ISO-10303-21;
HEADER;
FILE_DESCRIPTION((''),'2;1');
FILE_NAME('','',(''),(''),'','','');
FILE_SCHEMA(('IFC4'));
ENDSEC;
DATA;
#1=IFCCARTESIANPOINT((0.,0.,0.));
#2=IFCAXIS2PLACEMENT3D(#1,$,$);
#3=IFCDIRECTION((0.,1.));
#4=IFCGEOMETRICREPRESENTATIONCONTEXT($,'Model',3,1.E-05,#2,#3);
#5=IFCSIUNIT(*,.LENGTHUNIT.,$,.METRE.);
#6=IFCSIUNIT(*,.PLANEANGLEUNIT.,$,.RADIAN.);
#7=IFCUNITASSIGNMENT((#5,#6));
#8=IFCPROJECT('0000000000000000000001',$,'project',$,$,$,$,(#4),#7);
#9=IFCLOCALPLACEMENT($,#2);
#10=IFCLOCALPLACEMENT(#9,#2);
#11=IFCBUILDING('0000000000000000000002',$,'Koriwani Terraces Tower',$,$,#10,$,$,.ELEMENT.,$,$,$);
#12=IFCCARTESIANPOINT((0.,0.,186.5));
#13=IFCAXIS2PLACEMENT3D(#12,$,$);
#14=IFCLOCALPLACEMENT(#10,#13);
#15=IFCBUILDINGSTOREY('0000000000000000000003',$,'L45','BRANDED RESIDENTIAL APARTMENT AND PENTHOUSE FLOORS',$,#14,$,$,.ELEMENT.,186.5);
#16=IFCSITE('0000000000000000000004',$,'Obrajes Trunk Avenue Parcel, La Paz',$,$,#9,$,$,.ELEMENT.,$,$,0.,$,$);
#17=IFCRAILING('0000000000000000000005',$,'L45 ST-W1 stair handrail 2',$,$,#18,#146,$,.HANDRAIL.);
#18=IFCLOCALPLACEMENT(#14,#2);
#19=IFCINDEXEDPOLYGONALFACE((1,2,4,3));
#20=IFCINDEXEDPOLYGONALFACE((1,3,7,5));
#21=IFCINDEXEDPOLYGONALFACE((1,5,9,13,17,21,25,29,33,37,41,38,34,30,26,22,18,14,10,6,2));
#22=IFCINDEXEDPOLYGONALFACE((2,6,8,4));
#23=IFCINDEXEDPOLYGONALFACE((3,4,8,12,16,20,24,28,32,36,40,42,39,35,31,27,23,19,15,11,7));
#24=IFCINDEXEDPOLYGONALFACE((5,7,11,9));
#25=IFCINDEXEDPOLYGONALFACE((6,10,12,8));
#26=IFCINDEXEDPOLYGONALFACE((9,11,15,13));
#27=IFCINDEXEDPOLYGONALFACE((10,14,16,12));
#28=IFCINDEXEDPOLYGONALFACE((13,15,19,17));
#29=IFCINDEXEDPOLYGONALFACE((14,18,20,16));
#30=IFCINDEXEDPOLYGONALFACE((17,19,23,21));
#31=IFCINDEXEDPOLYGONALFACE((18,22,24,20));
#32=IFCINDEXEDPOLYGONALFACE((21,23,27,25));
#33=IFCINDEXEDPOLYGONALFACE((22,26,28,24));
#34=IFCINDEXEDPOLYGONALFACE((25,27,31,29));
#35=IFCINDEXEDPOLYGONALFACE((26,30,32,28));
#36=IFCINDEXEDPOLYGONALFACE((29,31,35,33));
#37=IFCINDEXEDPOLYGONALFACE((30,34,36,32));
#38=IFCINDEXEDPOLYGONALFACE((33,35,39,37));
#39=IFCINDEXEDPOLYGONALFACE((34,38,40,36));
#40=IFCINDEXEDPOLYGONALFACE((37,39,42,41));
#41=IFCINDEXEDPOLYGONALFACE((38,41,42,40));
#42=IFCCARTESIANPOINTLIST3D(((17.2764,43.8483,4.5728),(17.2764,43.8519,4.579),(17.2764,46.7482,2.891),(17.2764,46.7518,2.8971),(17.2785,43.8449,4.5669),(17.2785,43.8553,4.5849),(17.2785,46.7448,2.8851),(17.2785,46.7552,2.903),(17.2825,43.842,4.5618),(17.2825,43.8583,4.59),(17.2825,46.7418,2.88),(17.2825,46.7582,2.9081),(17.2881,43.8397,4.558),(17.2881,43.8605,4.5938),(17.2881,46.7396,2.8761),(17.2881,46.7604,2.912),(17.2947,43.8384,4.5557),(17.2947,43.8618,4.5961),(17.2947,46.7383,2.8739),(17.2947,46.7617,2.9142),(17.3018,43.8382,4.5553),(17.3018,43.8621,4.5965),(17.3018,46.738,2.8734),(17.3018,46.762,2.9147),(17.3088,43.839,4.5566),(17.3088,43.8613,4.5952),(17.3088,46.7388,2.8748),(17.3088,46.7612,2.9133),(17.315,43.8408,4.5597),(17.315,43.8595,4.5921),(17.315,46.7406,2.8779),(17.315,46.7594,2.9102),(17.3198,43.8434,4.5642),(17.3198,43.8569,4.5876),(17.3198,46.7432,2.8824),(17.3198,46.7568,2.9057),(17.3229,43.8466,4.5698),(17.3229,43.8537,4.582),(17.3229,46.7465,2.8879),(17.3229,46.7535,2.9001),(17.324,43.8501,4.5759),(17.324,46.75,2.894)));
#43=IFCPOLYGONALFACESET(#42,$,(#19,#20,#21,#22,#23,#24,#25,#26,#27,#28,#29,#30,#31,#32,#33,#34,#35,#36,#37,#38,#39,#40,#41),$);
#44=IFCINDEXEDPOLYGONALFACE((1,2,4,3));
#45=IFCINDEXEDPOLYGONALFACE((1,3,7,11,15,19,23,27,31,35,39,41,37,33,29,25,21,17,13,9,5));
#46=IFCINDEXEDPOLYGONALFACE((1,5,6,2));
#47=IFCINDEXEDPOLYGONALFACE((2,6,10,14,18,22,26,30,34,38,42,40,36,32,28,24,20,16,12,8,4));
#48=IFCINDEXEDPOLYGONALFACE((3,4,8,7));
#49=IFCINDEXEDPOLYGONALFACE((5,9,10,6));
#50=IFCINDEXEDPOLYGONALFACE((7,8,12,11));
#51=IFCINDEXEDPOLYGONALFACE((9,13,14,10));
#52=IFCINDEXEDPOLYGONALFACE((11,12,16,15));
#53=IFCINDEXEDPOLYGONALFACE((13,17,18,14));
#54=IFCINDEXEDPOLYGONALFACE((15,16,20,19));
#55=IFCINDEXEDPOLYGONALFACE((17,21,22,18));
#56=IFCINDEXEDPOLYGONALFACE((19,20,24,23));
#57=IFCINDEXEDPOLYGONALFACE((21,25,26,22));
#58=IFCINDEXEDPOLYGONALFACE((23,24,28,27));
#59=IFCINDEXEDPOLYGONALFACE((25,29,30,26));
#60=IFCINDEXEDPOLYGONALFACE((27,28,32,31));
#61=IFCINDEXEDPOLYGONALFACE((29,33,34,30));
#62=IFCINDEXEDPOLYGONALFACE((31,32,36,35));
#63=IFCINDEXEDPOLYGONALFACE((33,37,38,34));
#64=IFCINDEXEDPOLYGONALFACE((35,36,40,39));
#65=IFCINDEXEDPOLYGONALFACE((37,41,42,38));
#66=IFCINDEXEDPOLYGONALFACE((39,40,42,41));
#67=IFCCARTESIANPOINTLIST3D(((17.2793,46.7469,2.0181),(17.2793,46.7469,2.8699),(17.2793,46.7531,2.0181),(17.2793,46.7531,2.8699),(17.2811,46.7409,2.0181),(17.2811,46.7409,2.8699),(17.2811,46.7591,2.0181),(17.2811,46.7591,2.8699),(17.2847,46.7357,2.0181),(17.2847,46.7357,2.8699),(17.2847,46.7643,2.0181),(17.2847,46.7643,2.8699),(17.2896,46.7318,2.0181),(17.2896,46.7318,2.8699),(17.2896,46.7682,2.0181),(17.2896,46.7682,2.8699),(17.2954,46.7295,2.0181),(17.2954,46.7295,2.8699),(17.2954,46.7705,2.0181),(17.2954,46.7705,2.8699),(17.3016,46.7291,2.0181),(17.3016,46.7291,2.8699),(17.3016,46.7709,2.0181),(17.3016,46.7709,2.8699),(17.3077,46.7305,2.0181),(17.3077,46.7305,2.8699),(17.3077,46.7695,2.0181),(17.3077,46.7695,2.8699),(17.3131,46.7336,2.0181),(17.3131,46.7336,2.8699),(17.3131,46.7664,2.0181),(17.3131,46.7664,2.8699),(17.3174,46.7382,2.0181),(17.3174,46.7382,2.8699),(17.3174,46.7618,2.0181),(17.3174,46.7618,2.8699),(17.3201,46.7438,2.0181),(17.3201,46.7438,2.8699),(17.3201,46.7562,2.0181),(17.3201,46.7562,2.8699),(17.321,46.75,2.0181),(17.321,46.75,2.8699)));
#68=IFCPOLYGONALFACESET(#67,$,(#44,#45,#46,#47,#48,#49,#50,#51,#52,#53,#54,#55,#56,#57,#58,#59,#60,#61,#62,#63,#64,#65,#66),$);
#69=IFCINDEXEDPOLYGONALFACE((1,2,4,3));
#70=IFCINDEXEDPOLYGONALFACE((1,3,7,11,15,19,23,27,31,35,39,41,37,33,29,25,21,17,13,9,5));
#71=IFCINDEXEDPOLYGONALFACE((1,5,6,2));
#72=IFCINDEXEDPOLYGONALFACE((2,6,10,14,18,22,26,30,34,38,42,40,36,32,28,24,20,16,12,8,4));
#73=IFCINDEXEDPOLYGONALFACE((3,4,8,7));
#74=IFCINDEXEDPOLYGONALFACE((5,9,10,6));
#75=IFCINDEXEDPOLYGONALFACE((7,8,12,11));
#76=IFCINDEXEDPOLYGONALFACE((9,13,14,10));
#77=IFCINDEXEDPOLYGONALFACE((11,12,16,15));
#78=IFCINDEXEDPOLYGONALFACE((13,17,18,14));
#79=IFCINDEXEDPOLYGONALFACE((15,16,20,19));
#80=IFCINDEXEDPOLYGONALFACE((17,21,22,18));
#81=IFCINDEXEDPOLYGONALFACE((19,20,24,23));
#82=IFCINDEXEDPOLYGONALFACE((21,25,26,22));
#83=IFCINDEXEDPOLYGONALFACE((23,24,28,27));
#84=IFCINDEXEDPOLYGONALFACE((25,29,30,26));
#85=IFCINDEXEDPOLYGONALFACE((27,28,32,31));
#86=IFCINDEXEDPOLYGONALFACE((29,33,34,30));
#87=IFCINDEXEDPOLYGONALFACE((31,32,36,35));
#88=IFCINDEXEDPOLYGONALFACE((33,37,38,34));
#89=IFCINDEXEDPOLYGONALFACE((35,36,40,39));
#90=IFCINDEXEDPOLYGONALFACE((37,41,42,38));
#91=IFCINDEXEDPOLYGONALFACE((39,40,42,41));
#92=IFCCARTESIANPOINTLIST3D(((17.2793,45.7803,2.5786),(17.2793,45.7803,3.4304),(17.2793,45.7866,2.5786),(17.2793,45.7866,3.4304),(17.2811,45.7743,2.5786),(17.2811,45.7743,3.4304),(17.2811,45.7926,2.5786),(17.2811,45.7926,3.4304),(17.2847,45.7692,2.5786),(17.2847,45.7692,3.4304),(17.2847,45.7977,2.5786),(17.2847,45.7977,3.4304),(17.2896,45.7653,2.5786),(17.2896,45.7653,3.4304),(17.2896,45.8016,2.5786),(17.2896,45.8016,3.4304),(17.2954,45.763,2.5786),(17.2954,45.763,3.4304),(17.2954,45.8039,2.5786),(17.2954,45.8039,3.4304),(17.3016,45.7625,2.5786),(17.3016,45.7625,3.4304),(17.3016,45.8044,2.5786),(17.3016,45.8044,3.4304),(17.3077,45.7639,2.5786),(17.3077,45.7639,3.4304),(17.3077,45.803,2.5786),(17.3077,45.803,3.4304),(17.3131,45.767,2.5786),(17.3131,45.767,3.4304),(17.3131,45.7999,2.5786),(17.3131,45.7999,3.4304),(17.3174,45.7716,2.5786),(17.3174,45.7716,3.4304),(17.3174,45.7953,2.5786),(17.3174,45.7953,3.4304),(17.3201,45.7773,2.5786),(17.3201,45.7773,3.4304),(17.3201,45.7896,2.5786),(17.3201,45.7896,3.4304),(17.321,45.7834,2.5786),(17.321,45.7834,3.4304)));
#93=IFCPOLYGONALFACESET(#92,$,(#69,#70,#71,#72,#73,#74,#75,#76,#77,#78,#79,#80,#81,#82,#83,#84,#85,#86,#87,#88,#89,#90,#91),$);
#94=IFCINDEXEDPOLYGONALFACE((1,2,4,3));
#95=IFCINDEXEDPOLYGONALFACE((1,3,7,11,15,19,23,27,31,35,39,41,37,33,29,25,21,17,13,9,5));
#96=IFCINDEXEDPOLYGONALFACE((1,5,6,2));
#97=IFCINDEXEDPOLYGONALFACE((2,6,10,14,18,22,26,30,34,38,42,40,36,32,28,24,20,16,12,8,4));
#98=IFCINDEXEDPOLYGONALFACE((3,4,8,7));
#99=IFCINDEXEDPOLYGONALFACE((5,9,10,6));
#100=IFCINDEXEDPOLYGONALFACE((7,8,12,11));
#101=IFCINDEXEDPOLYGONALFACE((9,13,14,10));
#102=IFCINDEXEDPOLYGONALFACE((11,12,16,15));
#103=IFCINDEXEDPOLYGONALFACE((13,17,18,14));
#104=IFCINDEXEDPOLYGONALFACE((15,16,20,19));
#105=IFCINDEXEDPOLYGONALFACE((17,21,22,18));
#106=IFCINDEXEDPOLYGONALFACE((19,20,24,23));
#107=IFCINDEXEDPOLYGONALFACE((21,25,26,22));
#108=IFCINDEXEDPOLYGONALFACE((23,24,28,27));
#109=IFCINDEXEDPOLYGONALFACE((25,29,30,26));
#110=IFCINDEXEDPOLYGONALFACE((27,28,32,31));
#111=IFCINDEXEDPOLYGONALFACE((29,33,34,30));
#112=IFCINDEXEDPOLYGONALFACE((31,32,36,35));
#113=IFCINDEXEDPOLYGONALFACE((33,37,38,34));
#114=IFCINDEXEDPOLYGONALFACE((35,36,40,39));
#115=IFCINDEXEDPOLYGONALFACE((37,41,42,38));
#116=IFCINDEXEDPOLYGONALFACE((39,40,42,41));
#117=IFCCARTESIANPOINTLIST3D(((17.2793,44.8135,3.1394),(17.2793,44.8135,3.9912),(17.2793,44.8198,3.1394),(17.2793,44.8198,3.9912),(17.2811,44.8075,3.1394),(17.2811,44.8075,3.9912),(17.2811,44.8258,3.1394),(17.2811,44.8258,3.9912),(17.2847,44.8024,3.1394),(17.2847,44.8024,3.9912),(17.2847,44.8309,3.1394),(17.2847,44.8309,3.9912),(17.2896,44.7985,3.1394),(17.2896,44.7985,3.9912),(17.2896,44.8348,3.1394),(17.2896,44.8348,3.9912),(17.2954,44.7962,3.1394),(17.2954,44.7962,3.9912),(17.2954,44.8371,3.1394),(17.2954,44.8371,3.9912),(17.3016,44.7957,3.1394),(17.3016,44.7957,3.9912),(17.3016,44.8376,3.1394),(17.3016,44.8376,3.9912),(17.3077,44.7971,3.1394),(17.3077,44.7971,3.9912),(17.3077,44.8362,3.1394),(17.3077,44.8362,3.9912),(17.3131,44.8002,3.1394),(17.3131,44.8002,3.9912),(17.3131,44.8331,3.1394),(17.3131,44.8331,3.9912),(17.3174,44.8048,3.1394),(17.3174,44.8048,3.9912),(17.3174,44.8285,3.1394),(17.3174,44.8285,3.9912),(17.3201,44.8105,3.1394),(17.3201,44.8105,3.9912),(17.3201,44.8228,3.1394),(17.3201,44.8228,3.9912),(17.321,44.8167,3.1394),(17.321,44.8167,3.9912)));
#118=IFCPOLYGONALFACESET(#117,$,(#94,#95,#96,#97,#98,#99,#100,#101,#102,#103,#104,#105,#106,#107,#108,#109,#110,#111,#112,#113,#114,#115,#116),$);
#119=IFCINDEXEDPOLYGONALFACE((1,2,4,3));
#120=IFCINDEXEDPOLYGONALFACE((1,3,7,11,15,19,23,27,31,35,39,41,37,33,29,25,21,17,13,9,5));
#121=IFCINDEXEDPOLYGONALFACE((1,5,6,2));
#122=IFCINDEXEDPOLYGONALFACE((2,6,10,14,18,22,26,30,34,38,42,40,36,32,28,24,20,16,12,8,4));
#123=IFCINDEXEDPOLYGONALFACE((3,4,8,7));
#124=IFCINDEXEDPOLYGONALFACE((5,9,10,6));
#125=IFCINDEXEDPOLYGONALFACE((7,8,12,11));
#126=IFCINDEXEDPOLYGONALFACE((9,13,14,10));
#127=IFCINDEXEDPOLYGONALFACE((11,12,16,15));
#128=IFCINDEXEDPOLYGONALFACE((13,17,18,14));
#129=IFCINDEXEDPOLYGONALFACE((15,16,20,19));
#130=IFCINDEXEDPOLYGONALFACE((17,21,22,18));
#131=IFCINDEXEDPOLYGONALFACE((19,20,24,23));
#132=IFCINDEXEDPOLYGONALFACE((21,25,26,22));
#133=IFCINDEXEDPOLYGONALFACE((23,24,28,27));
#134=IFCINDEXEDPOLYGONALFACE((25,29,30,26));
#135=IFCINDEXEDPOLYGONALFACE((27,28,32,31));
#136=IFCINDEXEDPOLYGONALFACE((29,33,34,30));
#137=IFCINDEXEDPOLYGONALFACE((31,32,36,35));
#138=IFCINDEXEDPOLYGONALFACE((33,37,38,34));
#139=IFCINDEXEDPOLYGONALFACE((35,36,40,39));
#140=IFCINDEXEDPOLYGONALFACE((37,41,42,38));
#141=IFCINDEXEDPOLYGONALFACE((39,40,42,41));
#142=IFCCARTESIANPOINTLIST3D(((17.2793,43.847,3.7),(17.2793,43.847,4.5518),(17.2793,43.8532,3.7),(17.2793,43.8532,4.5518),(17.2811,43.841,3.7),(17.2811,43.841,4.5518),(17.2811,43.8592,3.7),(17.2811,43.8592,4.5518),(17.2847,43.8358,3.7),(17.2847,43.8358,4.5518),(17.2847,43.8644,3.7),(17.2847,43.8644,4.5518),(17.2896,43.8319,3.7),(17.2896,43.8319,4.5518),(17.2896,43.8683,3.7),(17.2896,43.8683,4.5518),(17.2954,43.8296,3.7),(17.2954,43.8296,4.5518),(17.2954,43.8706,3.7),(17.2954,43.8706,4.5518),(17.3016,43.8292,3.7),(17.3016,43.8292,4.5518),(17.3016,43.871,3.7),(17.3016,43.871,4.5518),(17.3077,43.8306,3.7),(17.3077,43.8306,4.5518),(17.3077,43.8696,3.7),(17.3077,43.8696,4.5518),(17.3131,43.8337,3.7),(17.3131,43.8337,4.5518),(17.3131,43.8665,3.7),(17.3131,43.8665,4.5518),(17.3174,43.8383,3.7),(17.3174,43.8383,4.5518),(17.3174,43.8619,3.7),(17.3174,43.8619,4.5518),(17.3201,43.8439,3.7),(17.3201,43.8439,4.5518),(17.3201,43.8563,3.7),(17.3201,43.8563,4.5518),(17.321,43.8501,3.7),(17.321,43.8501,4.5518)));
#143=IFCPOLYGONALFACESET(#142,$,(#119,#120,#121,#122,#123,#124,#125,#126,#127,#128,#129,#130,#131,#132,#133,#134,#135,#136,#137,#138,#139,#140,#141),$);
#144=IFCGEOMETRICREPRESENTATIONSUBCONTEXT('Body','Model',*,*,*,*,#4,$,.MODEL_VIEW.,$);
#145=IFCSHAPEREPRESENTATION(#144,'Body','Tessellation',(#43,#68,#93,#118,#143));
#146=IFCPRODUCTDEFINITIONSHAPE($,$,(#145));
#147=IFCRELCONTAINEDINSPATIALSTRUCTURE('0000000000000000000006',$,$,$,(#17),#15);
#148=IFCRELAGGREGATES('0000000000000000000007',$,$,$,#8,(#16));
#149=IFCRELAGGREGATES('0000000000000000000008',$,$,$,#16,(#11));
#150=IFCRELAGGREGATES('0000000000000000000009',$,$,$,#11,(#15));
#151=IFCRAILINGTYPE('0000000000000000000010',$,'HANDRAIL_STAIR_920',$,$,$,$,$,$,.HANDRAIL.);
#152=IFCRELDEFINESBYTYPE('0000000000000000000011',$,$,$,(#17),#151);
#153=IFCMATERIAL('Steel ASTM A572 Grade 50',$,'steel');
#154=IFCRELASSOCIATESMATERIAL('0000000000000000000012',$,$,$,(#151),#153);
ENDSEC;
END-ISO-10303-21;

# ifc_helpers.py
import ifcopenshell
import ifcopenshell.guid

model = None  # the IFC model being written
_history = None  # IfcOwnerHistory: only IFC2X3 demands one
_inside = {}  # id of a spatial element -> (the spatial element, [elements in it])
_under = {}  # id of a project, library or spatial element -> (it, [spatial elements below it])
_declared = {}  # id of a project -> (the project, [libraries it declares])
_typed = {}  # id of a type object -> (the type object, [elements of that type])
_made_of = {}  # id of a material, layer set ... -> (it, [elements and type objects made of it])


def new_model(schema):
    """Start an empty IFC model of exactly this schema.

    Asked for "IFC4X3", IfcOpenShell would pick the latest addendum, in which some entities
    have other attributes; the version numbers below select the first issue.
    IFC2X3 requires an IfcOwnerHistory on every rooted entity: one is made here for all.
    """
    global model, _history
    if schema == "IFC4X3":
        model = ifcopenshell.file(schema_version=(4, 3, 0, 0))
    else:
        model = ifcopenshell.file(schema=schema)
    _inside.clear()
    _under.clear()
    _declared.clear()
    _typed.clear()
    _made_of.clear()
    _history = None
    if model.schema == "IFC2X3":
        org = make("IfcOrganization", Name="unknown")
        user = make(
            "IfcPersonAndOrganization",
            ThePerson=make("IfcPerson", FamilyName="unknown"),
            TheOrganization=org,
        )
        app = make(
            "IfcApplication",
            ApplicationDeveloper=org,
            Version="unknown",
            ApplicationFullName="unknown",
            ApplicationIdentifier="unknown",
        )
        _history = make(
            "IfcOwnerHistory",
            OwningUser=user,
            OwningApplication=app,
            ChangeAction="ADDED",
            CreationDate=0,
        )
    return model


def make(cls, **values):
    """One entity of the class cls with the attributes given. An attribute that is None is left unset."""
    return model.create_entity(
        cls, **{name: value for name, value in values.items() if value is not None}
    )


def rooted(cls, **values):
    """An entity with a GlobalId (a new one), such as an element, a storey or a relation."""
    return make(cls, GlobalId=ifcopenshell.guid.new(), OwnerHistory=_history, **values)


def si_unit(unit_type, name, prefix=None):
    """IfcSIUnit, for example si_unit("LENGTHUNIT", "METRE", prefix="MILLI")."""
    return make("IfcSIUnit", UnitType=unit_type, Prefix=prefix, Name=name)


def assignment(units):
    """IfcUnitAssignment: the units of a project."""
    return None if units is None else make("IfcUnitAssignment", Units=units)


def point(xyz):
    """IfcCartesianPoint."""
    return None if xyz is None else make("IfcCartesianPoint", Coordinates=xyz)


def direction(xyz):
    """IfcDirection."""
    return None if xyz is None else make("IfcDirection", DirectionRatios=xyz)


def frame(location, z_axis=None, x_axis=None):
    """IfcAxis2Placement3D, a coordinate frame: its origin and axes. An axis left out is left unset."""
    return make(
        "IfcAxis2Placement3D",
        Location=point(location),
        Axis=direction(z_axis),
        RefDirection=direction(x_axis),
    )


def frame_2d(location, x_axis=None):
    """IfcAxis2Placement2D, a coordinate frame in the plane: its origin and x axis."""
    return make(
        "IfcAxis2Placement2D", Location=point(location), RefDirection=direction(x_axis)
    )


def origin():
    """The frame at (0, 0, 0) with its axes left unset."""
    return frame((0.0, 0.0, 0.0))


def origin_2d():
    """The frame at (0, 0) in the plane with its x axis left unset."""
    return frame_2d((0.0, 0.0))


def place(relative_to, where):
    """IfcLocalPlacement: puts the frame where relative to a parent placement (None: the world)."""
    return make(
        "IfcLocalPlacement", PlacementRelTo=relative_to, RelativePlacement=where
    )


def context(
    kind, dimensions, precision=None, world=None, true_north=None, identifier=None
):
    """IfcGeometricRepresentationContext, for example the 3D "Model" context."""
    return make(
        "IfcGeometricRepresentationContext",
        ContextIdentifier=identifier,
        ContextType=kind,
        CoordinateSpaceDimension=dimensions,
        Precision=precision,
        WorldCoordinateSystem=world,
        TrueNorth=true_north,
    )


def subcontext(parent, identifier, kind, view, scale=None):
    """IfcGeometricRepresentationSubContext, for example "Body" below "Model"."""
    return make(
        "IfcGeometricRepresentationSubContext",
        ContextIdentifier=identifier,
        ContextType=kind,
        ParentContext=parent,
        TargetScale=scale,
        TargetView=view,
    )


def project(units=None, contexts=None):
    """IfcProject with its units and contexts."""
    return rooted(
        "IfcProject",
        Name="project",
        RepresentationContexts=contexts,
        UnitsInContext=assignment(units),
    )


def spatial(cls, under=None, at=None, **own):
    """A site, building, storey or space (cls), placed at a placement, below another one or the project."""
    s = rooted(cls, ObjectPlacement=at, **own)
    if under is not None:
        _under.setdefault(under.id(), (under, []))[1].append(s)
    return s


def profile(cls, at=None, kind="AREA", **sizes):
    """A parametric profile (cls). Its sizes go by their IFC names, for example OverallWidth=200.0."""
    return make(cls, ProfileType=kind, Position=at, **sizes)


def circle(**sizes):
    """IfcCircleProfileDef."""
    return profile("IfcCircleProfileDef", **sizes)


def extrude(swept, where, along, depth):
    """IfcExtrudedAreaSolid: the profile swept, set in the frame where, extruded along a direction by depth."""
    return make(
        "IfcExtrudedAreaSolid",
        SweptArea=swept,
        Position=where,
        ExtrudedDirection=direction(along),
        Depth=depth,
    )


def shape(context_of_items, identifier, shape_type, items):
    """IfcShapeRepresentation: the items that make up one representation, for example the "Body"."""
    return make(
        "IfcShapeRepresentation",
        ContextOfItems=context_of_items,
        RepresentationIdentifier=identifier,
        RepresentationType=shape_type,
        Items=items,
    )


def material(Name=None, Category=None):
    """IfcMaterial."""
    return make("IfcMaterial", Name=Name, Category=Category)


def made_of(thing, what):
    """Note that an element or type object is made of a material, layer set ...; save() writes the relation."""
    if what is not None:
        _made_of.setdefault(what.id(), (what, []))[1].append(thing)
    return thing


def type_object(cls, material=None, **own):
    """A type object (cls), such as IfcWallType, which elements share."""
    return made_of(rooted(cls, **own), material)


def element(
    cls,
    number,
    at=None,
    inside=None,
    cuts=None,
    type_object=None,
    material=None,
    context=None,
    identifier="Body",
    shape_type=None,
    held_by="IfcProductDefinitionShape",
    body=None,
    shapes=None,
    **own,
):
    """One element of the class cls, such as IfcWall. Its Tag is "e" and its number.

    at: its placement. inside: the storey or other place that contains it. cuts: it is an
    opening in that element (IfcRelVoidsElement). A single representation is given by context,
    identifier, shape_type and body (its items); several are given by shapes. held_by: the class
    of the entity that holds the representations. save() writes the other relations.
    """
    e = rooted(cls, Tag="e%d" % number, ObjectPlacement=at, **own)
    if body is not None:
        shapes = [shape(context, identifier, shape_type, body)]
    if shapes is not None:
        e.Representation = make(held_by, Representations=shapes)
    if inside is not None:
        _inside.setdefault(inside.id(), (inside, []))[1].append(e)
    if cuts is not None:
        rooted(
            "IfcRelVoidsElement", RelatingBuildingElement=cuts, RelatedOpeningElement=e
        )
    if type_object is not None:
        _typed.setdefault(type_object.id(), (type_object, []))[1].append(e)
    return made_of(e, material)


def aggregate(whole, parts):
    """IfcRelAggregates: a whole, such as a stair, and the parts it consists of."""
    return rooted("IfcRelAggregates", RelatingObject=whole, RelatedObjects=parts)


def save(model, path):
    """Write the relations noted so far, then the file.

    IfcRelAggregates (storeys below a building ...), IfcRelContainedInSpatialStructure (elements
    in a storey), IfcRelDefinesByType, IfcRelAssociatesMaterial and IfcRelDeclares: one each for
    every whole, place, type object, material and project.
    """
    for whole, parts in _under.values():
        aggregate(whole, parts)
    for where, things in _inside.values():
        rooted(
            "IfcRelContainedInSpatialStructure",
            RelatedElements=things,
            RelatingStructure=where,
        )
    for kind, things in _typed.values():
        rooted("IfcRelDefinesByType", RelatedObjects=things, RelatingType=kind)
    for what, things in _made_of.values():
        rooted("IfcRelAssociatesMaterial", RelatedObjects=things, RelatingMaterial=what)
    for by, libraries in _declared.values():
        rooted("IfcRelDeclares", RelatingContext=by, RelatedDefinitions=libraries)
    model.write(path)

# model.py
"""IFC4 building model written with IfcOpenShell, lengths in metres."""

from ifc_helpers import new_model, si_unit, direction, frame, origin, origin_2d, place, context, subcontext, project, spatial, circle, extrude, material, type_object, element, save


model = new_model("IFC4")

# Units and contexts
model_context = context("Model", 3, precision=1e-05, world=origin(), true_north=direction((0.0, 1.0)))
body_context = subcontext(model_context, "Body", "Model", "MODEL_VIEW")
ifc_project = project(units=[si_unit("LENGTHUNIT", "METRE"), si_unit("PLANEANGLEUNIT", "RADIAN")], contexts=[model_context])

# Site, building, storey
site_placement = place(None, origin())
site = spatial("IfcSite", under=ifc_project, at=site_placement, Name="Obrajes Trunk Avenue Parcel, La Paz", CompositionType="ELEMENT", RefElevation=0.0)
building_placement = place(site_placement, origin())
building = spatial("IfcBuilding", under=site, at=building_placement, Name="Koriwani Terraces Tower", CompositionType="ELEMENT")
storey_placement = place(building_placement, frame((0.0, 0.0, 186.5)))
storey = spatial("IfcBuildingStorey", under=building, at=storey_placement, Name="L45", Description="BRANDED RESIDENTIAL APARTMENT AND PENTHOUSE FLOORS", CompositionType="ELEMENT", Elevation=186.5)

# Shared definitions
ifc_material_1 = material(Name="Steel ASTM A572 Grade 50", Category="steel")

# Railing
railing_type_1 = type_object("IfcRailingType", Name="HANDRAIL_STAIR_920", PredefinedType="HANDRAIL", material=ifc_material_1)
railing_1_placement = place(storey_placement, frame((17.3, 46.75, 2.0181)))
element("IfcRailing", 1, at=railing_1_placement, inside=storey, type_object=railing_type_1, Name="L45 ST-W1 stair handrail 2", PredefinedType="HANDRAIL", context=body_context, shape_type="SweptSolid", body=[
    extrude(circle(Radius=0.0239, at=origin_2d()), frame((0.0, 0.0, 0.876), z_axis=(0.0, -0.865039, 0.501705), x_axis=(1.0, 0.0, 0.0)), (0.0, 0.0, 1.0), 3.3523),
    extrude(circle(Radius=0.021, at=origin_2d()), origin(), (0.0, 0.0, 1.0), 0.8518),
    extrude(circle(Radius=0.021, at=origin_2d()), frame((0.0, -0.9666, 0.5605)), (0.0, 0.0, 1.0), 0.8518),
    extrude(circle(Radius=0.021, at=origin_2d()), frame((0.0, -1.9333, 1.1213)), (0.0, 0.0, 1.0), 0.8518),
    extrude(circle(Radius=0.021, at=origin_2d()), frame((0.0, -2.8999, 1.6819)), (0.0, 0.0, 1.0), 0.8518),
])

save(model, "model.ifc")
